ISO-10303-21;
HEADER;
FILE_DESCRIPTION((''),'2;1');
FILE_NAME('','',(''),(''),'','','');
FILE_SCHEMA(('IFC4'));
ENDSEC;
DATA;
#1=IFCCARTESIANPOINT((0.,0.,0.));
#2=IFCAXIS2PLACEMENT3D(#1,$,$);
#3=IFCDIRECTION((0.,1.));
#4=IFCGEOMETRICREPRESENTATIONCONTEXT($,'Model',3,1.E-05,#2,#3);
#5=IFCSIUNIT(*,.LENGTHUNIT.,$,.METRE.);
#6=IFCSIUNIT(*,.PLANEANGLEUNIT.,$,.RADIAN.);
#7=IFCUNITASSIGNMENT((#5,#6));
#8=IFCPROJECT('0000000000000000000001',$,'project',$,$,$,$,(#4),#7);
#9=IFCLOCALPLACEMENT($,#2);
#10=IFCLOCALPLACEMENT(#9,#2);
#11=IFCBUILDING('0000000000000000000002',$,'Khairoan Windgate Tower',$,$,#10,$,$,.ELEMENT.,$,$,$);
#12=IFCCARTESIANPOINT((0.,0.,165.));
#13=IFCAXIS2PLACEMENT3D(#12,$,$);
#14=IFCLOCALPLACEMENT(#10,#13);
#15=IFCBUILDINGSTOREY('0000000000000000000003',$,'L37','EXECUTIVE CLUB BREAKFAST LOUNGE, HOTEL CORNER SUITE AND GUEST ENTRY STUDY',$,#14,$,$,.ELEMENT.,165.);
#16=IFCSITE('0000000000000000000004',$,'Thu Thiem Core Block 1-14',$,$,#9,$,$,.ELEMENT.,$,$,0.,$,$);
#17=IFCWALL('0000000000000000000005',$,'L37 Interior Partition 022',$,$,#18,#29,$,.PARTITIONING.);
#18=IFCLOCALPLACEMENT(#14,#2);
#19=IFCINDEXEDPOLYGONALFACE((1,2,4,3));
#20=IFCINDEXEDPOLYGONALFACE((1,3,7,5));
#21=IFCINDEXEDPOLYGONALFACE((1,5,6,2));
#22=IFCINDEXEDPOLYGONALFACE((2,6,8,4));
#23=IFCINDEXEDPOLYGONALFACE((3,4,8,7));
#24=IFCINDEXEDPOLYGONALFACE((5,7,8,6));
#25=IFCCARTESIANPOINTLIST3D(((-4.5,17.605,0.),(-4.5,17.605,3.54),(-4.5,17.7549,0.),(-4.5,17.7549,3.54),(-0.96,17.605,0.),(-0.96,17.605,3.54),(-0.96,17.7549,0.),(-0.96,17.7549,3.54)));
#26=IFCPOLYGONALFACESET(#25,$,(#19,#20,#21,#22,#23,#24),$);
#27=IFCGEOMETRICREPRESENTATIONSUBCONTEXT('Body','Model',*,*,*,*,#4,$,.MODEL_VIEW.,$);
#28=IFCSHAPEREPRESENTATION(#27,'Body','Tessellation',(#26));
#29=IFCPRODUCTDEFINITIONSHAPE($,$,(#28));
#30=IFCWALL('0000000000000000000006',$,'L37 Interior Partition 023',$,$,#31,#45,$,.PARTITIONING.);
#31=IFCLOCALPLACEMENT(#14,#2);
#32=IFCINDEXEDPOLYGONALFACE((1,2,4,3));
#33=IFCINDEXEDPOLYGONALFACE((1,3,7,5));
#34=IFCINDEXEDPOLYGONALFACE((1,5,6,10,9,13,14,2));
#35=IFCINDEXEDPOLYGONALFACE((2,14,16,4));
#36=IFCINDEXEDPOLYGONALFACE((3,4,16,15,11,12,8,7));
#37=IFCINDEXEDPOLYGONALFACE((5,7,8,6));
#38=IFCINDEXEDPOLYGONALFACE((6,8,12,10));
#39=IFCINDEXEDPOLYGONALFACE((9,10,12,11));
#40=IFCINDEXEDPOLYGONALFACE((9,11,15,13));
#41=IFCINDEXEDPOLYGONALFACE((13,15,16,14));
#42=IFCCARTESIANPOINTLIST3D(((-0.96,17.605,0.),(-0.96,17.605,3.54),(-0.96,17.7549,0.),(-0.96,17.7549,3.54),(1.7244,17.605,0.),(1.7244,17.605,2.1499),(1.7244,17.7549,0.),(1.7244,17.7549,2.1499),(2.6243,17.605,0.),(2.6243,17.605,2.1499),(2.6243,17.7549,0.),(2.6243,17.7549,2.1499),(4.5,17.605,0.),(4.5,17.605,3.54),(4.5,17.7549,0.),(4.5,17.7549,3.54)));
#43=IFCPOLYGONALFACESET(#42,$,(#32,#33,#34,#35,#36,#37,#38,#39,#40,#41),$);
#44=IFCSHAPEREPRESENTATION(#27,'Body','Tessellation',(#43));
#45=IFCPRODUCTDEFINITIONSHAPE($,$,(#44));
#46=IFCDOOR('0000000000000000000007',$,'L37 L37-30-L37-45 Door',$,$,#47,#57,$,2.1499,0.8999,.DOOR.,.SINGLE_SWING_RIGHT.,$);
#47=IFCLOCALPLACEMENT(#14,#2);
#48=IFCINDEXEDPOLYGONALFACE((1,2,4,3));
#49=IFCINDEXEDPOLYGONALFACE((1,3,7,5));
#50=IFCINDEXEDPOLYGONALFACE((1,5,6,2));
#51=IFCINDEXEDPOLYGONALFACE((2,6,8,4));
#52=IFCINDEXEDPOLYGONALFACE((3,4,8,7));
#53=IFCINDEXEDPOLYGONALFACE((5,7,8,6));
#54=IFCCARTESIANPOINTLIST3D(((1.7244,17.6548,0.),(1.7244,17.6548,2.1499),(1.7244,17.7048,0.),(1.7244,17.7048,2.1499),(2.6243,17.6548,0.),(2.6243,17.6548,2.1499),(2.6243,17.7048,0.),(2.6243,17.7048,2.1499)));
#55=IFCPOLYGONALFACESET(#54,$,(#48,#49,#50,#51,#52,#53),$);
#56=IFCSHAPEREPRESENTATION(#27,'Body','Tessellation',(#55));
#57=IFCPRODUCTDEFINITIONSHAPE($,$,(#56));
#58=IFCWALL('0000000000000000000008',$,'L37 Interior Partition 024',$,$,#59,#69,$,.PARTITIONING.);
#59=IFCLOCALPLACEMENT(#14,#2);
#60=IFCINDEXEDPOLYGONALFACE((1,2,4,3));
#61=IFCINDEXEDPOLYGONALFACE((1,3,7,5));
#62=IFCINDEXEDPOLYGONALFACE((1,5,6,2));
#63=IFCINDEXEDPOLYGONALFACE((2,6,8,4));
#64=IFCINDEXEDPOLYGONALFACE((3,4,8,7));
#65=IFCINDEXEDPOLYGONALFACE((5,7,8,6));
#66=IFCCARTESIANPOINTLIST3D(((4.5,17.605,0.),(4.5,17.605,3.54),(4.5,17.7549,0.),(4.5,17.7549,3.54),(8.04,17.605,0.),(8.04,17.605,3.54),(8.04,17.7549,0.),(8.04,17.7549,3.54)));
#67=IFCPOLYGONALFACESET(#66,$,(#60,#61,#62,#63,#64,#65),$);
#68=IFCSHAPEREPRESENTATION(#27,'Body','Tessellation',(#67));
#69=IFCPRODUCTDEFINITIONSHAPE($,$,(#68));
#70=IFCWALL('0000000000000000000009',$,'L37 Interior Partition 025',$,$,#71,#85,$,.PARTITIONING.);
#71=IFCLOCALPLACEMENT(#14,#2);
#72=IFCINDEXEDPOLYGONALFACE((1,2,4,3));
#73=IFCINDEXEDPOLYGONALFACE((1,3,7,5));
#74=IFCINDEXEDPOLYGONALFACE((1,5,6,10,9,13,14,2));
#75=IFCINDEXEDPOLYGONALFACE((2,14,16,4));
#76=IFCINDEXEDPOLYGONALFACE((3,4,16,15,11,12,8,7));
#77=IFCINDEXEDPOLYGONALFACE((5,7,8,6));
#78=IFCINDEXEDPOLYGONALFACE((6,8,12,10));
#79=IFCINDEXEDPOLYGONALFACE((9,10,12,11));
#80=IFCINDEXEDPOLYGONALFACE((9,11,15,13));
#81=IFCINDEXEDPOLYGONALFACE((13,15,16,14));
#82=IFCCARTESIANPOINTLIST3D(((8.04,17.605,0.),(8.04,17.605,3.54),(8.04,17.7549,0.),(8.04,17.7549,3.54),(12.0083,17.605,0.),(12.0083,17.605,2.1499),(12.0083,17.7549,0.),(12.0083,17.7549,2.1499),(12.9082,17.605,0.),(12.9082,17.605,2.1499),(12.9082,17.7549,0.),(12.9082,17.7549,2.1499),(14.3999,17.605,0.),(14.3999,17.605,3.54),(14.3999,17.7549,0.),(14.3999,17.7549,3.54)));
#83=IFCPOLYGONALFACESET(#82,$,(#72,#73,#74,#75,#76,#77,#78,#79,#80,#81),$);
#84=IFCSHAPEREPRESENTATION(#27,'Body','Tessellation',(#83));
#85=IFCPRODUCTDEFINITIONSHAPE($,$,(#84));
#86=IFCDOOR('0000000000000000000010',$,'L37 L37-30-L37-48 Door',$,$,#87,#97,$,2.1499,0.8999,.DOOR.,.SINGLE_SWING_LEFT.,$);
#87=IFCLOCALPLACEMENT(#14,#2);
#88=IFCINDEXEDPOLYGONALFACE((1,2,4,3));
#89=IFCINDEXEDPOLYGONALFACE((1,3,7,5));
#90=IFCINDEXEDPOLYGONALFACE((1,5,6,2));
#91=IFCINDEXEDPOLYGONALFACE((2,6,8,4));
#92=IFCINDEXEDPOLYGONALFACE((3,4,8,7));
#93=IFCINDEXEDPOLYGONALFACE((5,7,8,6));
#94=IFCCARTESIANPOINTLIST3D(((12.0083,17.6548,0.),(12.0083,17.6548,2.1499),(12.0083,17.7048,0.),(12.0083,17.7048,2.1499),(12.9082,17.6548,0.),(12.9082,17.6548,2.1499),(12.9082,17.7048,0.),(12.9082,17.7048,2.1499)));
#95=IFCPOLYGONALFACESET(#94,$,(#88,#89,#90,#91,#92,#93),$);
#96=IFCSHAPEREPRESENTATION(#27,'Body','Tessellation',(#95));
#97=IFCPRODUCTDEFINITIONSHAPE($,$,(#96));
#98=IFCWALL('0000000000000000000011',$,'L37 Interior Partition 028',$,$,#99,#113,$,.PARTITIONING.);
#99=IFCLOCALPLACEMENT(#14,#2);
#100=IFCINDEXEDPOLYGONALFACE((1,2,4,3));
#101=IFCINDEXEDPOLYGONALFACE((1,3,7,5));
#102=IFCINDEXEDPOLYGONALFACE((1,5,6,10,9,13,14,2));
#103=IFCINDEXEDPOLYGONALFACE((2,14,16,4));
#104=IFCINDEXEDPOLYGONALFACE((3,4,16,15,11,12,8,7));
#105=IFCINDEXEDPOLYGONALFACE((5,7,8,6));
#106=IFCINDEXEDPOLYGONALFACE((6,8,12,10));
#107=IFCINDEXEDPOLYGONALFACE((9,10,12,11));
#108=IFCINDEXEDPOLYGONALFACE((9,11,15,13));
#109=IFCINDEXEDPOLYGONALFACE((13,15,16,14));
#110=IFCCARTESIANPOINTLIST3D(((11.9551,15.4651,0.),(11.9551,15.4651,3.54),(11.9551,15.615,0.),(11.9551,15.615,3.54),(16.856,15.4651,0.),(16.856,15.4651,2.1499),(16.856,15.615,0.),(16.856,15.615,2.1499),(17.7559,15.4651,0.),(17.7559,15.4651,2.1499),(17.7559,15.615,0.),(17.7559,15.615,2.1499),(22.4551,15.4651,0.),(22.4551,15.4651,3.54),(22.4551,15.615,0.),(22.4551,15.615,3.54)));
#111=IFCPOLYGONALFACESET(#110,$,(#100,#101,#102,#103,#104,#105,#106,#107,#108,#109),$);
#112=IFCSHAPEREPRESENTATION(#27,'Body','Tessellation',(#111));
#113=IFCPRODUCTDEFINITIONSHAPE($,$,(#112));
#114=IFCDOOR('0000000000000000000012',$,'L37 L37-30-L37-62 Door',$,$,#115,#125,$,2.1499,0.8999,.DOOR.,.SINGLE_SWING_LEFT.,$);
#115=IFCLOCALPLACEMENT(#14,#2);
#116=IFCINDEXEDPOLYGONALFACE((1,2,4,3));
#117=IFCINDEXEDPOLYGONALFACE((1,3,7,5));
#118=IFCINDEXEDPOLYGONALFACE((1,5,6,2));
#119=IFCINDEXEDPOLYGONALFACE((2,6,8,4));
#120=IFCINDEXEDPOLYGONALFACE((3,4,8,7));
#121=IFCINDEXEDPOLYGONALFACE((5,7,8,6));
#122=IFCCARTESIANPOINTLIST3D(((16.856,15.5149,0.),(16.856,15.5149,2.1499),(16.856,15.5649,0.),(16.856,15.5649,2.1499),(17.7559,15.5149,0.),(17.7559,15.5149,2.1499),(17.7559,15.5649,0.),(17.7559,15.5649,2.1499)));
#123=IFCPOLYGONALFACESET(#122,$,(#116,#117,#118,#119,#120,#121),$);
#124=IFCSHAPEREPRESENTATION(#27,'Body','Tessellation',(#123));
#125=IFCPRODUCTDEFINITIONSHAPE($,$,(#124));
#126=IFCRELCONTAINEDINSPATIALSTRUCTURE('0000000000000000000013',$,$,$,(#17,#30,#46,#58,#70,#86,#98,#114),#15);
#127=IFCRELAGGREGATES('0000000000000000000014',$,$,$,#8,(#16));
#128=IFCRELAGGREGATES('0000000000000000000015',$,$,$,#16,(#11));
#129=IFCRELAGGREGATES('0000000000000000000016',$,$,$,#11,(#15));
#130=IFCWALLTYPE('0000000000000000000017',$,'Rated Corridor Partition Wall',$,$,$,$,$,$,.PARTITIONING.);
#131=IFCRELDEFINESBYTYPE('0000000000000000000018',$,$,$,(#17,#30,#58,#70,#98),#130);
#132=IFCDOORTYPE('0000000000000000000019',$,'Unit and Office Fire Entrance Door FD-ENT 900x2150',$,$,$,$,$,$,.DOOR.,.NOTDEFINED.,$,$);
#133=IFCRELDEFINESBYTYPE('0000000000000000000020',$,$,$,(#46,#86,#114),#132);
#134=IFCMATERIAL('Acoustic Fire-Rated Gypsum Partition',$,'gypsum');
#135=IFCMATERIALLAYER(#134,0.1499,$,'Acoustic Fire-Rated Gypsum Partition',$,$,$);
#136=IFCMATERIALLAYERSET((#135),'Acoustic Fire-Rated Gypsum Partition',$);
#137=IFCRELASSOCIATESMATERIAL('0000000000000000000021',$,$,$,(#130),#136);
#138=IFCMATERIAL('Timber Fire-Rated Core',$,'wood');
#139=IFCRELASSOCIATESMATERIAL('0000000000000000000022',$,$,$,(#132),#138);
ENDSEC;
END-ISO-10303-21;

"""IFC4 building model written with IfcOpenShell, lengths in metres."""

from ifc_helpers import new_model, si_unit, direction, frame, frame_2d, origin, place, context, subcontext, project, spatial, rectangle, extrude, material, layer, layer_set, type_object, element, fill, save


model = new_model("IFC4")

# Units and contexts
model_context = context("Model", 3, precision=1e-05, world=origin(), true_north=direction((0.0, 1.0)))
body_context = subcontext(model_context, "Body", "Model", "MODEL_VIEW")
ifc_project = project(units=[si_unit("LENGTHUNIT", "METRE"), si_unit("PLANEANGLEUNIT", "RADIAN")], contexts=[model_context])

# Site, building, storey
site_placement = place(None, origin())
site = spatial("IfcSite", under=ifc_project, at=site_placement, Name="Thu Thiem Core Block 1-14", CompositionType="ELEMENT", RefElevation=0.0)
building_placement = place(site_placement, origin())
building = spatial("IfcBuilding", under=site, at=building_placement, Name="Khairoan Windgate Tower", CompositionType="ELEMENT")
storey_placement = place(building_placement, frame((0.0, 0.0, 165.0)))
storey = spatial("IfcBuildingStorey", under=building, at=storey_placement, Name="L37", Description="EXECUTIVE CLUB BREAKFAST LOUNGE, HOTEL CORNER SUITE AND GUEST ENTRY STUDY", CompositionType="ELEMENT", Elevation=165.0)

# Shared definitions
ifc_material_1 = material(Name="Acoustic Fire-Rated Gypsum Partition", Category="gypsum")
ifc_layer_1 = layer(ifc_material_1, 0.1499, Name="Acoustic Fire-Rated Gypsum Partition")
ifc_layer_set_1 = layer_set([ifc_layer_1], Name="Acoustic Fire-Rated Gypsum Partition")
wall_type_1 = type_object("IfcWallType", Name="Rated Corridor Partition Wall", PredefinedType="PARTITIONING", material=ifc_layer_set_1)
ifc_material_2 = material(Name="Timber Fire-Rated Core", Category="wood")
door_type = type_object("IfcDoorType", Name="Unit and Office Fire Entrance Door FD-ENT 900x2150", OperationType="NOTDEFINED", PredefinedType="DOOR", material=ifc_material_2)

# Wall
wall_1_placement = place(storey_placement, frame((-4.5, 17.6799, 0.0), z_axis=(0.0, 0.0, 1.0), x_axis=(1.0, 0.0, 0.0)))
element("IfcWall", 1, at=wall_1_placement, inside=storey, type_object=wall_type_1, Name="L37 Interior Partition 022", PredefinedType="PARTITIONING", context=body_context, shape_type="SweptSolid", body=[
    extrude(rectangle(XDim=3.54, YDim=0.1499, at=frame_2d((1.77, 0.0))), origin(), (0.0, 0.0, 1.0), 3.54),
])

# Wall, opening, door
wall_2_placement = place(storey_placement, frame((-0.96, 17.6799, 0.0), z_axis=(0.0, 0.0, 1.0), x_axis=(1.0, 0.0, 0.0)))
wall_2 = element("IfcWall", 2, at=wall_2_placement, inside=storey, type_object=wall_type_1, Name="L37 Interior Partition 023", PredefinedType="PARTITIONING", context=body_context, shape_type="SweptSolid", body=[
    extrude(rectangle(XDim=5.46, YDim=0.1499, at=frame_2d((2.73, 0.0))), origin(), (0.0, 0.0, 1.0), 3.54),
])
opening_1_placement = place(wall_2_placement, frame((2.6843, 0.0, 0.0)))
opening_1 = element("IfcOpeningElement", 3, at=opening_1_placement, cuts=wall_2, PredefinedType="OPENING", context=body_context, shape_type="SweptSolid", body=[
    extrude(rectangle(XDim=0.8999, YDim=2.1499, at=frame_2d((0.45, 1.075))), frame((0.0, 0.085, 0.0), z_axis=(0.0, -1.0, 0.0), x_axis=(1.0, 0.0, 0.0)), (0.0, 0.0, 1.0), 0.1699),
])
door_1_placement = place(opening_1_placement, origin())
door_1 = element("IfcDoor", 4, at=door_1_placement, inside=storey, type_object=door_type, Name="L37 L37-30-L37-45 Door", OperationType="SINGLE_SWING_RIGHT", OverallHeight=2.1499, OverallWidth=0.8999, PredefinedType="DOOR", context=body_context, shape_type="SweptSolid", body=[
    extrude(rectangle(XDim=0.8999, YDim=2.1499, at=frame_2d((0.45, 1.075))), frame((0.0, 0.0249, 0.0), z_axis=(0.0, -1.0, 0.0), x_axis=(1.0, 0.0, 0.0)), (0.0, 0.0, 1.0), 0.05),
])
fill(opening_1, door_1)

# Wall
wall_3_placement = place(storey_placement, frame((4.5, 17.6799, 0.0), z_axis=(0.0, 0.0, 1.0), x_axis=(1.0, 0.0, 0.0)))
element("IfcWall", 5, at=wall_3_placement, inside=storey, type_object=wall_type_1, Name="L37 Interior Partition 024", PredefinedType="PARTITIONING", context=body_context, shape_type="SweptSolid", body=[
    extrude(rectangle(XDim=3.54, YDim=0.1499, at=frame_2d((1.77, 0.0))), origin(), (0.0, 0.0, 1.0), 3.54),
])

# Walls, openings, doors
wall_4_placement = place(storey_placement, frame((8.04, 17.6799, 0.0), z_axis=(0.0, 0.0, 1.0), x_axis=(1.0, 0.0, 0.0)))
wall_4 = element("IfcWall", 6, at=wall_4_placement, inside=storey, type_object=wall_type_1, Name="L37 Interior Partition 025", PredefinedType="PARTITIONING", context=body_context, shape_type="SweptSolid", body=[
    extrude(rectangle(XDim=6.3599, YDim=0.1499, at=frame_2d((3.1799, 0.0))), origin(), (0.0, 0.0, 1.0), 3.54),
])
opening_2_placement = place(wall_4_placement, frame((3.9683, 0.0, 0.0)))
opening_2 = element("IfcOpeningElement", 7, at=opening_2_placement, cuts=wall_4, PredefinedType="OPENING", context=body_context, shape_type="SweptSolid", body=[
    extrude(rectangle(XDim=0.8999, YDim=2.1499, at=frame_2d((0.45, 1.075))), frame((0.0, 0.085, 0.0), z_axis=(0.0, -1.0, 0.0), x_axis=(1.0, 0.0, 0.0)), (0.0, 0.0, 1.0), 0.1699),
])
door_2_placement = place(opening_2_placement, origin())
door_2 = element("IfcDoor", 8, at=door_2_placement, inside=storey, type_object=door_type, Name="L37 L37-30-L37-48 Door", OperationType="SINGLE_SWING_LEFT", OverallHeight=2.1499, OverallWidth=0.8999, PredefinedType="DOOR", context=body_context, shape_type="SweptSolid", body=[
    extrude(rectangle(XDim=0.8999, YDim=2.1499, at=frame_2d((0.45, 1.075))), frame((0.0, 0.0249, 0.0), z_axis=(0.0, -1.0, 0.0), x_axis=(1.0, 0.0, 0.0)), (0.0, 0.0, 1.0), 0.05),
])
fill(opening_2, door_2)
wall_5_placement = place(storey_placement, frame((11.9551, 15.54, 0.0), z_axis=(0.0, 0.0, 1.0), x_axis=(1.0, 0.0, 0.0)))
wall_5 = element("IfcWall", 9, at=wall_5_placement, inside=storey, type_object=wall_type_1, Name="L37 Interior Partition 028", PredefinedType="PARTITIONING", context=body_context, shape_type="SweptSolid", body=[
    extrude(rectangle(XDim=10.5, YDim=0.1499, at=frame_2d((5.25, 0.0))), origin(), (0.0, 0.0, 1.0), 3.54),
])
opening_3_placement = place(wall_5_placement, frame((4.9009, 0.0, 0.0)))
opening_3 = element("IfcOpeningElement", 10, at=opening_3_placement, cuts=wall_5, PredefinedType="OPENING", context=body_context, shape_type="SweptSolid", body=[
    extrude(rectangle(XDim=0.8999, YDim=2.1499, at=frame_2d((0.45, 1.075))), frame((0.0, 0.085, 0.0), z_axis=(0.0, -1.0, 0.0), x_axis=(1.0, 0.0, 0.0)), (0.0, 0.0, 1.0), 0.1699),
])
door_3_placement = place(opening_3_placement, origin())
door_3 = element("IfcDoor", 11, at=door_3_placement, inside=storey, type_object=door_type, Name="L37 L37-30-L37-62 Door", OperationType="SINGLE_SWING_LEFT", OverallHeight=2.1499, OverallWidth=0.8999, PredefinedType="DOOR", context=body_context, shape_type="SweptSolid", body=[
    extrude(rectangle(XDim=0.8999, YDim=2.1499, at=frame_2d((0.45, 1.075))), frame((0.0, 0.0249, 0.0), z_axis=(0.0, -1.0, 0.0), x_axis=(1.0, 0.0, 0.0)), (0.0, 0.0, 1.0), 0.05),
])
fill(opening_3, door_3)

save(model, "model.ifc")
